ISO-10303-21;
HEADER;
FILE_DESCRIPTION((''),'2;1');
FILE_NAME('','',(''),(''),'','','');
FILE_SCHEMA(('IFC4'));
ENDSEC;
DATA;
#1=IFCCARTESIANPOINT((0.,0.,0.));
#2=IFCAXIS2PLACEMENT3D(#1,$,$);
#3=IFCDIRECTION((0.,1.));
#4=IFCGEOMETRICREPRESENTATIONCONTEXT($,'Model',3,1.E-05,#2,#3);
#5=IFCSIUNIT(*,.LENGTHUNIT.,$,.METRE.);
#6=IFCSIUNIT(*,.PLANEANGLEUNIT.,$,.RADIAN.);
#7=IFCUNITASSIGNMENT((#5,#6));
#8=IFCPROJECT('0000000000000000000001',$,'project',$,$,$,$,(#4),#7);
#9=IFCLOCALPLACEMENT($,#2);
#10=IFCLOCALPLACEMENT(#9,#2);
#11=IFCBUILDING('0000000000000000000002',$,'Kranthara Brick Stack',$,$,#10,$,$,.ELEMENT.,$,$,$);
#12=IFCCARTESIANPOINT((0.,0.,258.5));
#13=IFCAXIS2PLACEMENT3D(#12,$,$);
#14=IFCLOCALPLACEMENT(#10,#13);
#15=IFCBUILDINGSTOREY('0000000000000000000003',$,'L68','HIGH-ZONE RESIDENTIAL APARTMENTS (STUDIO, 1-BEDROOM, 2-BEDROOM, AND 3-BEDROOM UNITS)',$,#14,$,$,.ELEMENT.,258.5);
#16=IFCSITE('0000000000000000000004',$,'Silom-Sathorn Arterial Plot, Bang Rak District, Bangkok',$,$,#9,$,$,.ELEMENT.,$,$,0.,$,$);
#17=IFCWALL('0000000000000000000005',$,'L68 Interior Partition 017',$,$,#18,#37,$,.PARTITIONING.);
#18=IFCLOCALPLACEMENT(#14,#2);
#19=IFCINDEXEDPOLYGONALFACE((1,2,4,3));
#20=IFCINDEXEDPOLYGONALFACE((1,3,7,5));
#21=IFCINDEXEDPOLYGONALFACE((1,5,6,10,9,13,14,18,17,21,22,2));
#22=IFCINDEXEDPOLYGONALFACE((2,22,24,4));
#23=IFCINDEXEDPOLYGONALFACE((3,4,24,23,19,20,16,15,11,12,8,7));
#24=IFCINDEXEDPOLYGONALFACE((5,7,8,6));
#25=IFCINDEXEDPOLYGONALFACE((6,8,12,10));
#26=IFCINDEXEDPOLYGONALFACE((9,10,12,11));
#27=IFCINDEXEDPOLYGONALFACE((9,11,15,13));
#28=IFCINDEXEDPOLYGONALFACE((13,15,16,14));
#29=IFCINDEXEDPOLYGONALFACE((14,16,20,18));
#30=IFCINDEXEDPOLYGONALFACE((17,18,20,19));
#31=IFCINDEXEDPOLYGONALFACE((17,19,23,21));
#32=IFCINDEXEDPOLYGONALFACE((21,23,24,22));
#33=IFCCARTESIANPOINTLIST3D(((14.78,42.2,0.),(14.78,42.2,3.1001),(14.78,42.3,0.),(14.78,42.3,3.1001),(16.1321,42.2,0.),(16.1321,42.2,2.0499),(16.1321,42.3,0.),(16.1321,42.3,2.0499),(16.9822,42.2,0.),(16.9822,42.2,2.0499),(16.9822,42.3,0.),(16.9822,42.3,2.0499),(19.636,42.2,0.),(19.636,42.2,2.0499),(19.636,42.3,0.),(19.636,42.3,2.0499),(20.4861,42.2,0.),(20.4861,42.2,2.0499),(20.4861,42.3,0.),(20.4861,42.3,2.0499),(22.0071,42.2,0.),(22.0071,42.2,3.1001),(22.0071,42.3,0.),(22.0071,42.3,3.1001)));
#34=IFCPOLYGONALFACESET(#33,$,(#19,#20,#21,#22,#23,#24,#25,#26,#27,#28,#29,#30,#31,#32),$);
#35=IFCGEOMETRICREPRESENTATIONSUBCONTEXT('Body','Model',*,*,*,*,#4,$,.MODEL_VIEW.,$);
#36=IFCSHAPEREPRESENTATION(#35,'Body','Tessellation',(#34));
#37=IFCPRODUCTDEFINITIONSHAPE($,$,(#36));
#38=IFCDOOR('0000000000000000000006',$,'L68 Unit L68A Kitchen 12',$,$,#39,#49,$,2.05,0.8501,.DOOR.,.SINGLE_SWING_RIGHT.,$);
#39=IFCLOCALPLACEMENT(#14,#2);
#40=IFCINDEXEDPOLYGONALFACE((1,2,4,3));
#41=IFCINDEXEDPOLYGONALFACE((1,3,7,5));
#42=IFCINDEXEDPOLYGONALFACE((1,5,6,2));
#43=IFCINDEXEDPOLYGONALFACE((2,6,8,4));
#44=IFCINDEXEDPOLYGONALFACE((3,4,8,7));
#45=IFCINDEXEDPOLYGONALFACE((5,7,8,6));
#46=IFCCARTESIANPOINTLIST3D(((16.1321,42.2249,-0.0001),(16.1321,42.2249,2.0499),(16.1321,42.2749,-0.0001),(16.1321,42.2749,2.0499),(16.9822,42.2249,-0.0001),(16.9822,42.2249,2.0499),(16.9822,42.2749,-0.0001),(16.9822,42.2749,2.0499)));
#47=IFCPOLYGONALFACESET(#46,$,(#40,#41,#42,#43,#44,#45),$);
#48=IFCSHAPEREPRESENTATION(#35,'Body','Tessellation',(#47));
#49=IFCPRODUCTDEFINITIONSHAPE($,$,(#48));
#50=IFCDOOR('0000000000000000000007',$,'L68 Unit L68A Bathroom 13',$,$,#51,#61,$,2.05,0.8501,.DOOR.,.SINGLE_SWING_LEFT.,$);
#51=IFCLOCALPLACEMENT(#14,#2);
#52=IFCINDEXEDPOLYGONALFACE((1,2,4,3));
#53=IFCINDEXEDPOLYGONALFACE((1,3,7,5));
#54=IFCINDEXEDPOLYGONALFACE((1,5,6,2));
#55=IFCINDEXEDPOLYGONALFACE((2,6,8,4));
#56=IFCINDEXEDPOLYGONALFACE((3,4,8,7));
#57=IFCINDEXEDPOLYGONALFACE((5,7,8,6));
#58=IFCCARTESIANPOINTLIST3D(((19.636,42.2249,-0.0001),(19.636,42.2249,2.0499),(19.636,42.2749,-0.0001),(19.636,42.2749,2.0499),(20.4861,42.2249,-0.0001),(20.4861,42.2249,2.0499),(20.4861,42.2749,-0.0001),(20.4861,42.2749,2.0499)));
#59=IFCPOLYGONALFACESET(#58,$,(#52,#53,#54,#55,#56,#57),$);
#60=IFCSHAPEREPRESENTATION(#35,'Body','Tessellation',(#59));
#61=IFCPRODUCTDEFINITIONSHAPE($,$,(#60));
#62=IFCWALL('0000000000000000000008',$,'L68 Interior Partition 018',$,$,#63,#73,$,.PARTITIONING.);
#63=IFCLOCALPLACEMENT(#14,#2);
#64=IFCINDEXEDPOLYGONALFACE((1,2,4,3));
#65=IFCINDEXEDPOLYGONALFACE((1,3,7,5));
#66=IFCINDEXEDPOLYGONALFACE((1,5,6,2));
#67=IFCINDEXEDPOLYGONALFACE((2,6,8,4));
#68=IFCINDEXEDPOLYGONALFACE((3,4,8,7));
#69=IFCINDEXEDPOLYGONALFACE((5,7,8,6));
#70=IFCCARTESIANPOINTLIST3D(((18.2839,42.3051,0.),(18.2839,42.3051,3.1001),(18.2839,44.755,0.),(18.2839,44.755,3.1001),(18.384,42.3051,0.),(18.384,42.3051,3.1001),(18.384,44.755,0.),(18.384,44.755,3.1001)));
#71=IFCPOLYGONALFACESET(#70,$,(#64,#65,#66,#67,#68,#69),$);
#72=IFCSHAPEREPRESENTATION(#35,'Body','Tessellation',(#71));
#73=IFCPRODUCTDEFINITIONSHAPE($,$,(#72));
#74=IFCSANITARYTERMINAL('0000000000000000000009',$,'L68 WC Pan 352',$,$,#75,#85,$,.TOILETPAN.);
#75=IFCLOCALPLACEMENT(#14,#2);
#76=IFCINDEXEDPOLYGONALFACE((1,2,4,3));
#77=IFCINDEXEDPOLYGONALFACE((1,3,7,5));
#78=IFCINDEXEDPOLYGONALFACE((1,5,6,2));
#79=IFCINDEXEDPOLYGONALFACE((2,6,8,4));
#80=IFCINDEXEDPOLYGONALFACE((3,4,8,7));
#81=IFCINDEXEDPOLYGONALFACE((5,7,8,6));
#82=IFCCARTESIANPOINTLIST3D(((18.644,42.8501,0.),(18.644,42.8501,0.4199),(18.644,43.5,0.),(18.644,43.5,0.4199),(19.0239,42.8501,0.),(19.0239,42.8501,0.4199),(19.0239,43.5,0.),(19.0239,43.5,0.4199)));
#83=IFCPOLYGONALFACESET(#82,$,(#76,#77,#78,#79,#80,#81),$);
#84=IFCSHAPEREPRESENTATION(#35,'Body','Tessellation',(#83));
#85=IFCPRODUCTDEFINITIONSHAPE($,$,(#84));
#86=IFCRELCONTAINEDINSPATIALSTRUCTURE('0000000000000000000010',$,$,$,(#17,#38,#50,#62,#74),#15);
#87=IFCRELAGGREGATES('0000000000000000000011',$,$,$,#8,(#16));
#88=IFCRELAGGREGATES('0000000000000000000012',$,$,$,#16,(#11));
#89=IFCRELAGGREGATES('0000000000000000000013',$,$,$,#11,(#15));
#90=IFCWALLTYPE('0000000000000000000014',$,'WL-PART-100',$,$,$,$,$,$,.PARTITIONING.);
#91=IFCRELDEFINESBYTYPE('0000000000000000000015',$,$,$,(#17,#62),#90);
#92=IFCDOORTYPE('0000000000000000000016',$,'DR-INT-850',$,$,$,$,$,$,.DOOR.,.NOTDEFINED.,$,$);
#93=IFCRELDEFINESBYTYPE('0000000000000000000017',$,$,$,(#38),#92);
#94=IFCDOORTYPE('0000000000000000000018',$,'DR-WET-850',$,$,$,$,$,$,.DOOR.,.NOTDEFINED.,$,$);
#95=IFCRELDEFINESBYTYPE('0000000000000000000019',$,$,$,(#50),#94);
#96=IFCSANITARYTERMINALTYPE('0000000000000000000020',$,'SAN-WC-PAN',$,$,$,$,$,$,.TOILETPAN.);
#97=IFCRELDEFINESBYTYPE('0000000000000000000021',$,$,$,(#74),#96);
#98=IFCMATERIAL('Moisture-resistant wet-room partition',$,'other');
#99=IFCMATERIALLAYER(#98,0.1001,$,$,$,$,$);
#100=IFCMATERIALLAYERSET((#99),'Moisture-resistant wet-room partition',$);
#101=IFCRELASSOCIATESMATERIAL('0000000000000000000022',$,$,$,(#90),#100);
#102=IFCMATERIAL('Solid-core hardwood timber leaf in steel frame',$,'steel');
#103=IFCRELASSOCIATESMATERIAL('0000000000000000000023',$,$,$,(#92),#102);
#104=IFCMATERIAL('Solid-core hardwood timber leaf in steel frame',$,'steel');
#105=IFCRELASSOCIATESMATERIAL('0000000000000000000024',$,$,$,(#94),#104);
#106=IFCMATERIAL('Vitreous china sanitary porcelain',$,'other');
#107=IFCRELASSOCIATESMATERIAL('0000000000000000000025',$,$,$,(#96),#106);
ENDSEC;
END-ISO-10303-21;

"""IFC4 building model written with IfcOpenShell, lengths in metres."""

from ifc_helpers import new_model, si_unit, direction, frame, frame_2d, origin, origin_2d, place, context, subcontext, project, spatial, rectangle, extrude, material, layer, layer_set, type_object, element, fill, save


model = new_model("IFC4")

# Units and contexts
model_context = context("Model", 3, precision=1e-05, world=origin(), true_north=direction((0.0, 1.0)))
body_context = subcontext(model_context, "Body", "Model", "MODEL_VIEW")
ifc_project = project(units=[si_unit("LENGTHUNIT", "METRE"), si_unit("PLANEANGLEUNIT", "RADIAN")], contexts=[model_context])

# Site, building, storey
site_placement = place(None, origin())
site = spatial("IfcSite", under=ifc_project, at=site_placement, Name="Silom-Sathorn Arterial Plot, Bang Rak District, Bangkok", CompositionType="ELEMENT", RefElevation=0.0)
building_placement = place(site_placement, origin())
building = spatial("IfcBuilding", under=site, at=building_placement, Name="Kranthara Brick Stack", CompositionType="ELEMENT")
storey_placement = place(building_placement, frame((0.0, 0.0, 258.5)))
storey = spatial("IfcBuildingStorey", under=building, at=storey_placement, Name="L68", Description="HIGH-ZONE RESIDENTIAL APARTMENTS (STUDIO, 1-BEDROOM, 2-BEDROOM, AND 3-BEDROOM UNITS)", CompositionType="ELEMENT", Elevation=258.5)

# Wall, openings, doors
ifc_material_1 = material(Name="Moisture-resistant wet-room partition", Category="other")
ifc_layer_1 = layer(ifc_material_1, 0.1001)
ifc_layer_set_1 = layer_set([ifc_layer_1], Name="Moisture-resistant wet-room partition")
wall_type_1 = type_object("IfcWallType", Name="WL-PART-100", PredefinedType="PARTITIONING", material=ifc_layer_set_1)
wall_1_placement = place(storey_placement, frame((14.78, 42.25, 0.0), z_axis=(0.0, 0.0, 1.0), x_axis=(1.0, 0.0, 0.0)))
wall_1 = element("IfcWall", 1, at=wall_1_placement, inside=storey, type_object=wall_type_1, Name="L68 Interior Partition 017", PredefinedType="PARTITIONING", context=body_context, shape_type="SweptSolid", body=[
    extrude(rectangle(XDim=7.2271, YDim=0.1001, at=frame_2d((3.6135, 0.0))), origin(), (0.0, 0.0, 1.0), 3.1001),
])
opening_1_placement = place(wall_1_placement, frame((1.3521, 0.0, 0.0)))
opening_1 = element("IfcOpeningElement", 2, at=opening_1_placement, cuts=wall_1, PredefinedType="OPENING", context=body_context, shape_type="SweptSolid", body=[
    extrude(rectangle(XDim=0.8501, YDim=2.05, at=frame_2d((0.425, 1.0249))), frame((0.0, 0.0601, 0.0), z_axis=(0.0, -1.0, 0.0), x_axis=(1.0, 0.0, 0.0)), (0.0, 0.0, 1.0), 0.1201),
])
opening_2_placement = place(wall_1_placement, frame((4.856, 0.0, 0.0)))
opening_2 = element("IfcOpeningElement", 3, at=opening_2_placement, cuts=wall_1, PredefinedType="OPENING", context=body_context, shape_type="SweptSolid", body=[
    extrude(rectangle(XDim=0.8501, YDim=2.05, at=frame_2d((0.425, 1.0249))), frame((0.0, 0.0601, 0.0), z_axis=(0.0, -1.0, 0.0), x_axis=(1.0, 0.0, 0.0)), (0.0, 0.0, 1.0), 0.1201),
])
ifc_material_2 = material(Name="Solid-core hardwood timber leaf in steel frame", Category="steel")
door_type_1 = type_object("IfcDoorType", Name="DR-INT-850", OperationType="NOTDEFINED", PredefinedType="DOOR", material=ifc_material_2)
door_1_placement = place(opening_1_placement, origin())
door_1 = element("IfcDoor", 4, at=door_1_placement, inside=storey, type_object=door_type_1, Name="L68 Unit L68A Kitchen 12", OperationType="SINGLE_SWING_RIGHT", OverallHeight=2.05, OverallWidth=0.8501, PredefinedType="DOOR", context=body_context, shape_type="SweptSolid", body=[
    extrude(rectangle(XDim=0.8501, YDim=2.05, at=frame_2d((0.425, 1.0249))), frame((0.0, 0.0249, 0.0), z_axis=(0.0, -1.0, 0.0), x_axis=(1.0, 0.0, 0.0)), (0.0, 0.0, 1.0), 0.05),
])
fill(opening_1, door_1)
ifc_material_3 = material(Name="Solid-core hardwood timber leaf in steel frame", Category="steel")
door_type_2 = type_object("IfcDoorType", Name="DR-WET-850", OperationType="NOTDEFINED", PredefinedType="DOOR", material=ifc_material_3)
door_2_placement = place(opening_2_placement, origin())
door_2 = element("IfcDoor", 5, at=door_2_placement, inside=storey, type_object=door_type_2, Name="L68 Unit L68A Bathroom 13", OperationType="SINGLE_SWING_LEFT", OverallHeight=2.05, OverallWidth=0.8501, PredefinedType="DOOR", context=body_context, shape_type="SweptSolid", body=[
    extrude(rectangle(XDim=0.8501, YDim=2.05, at=frame_2d((0.425, 1.0249))), frame((0.0, 0.0249, 0.0), z_axis=(0.0, -1.0, 0.0), x_axis=(1.0, 0.0, 0.0)), (0.0, 0.0, 1.0), 0.05),
])
fill(opening_2, door_2)

# Wall
wall_2_placement = place(storey_placement, frame((18.334, 42.3049, 0.0), z_axis=(0.0, 0.0, 1.0), x_axis=(0.0, 1.0, 0.0)))
element("IfcWall", 6, at=wall_2_placement, inside=storey, type_object=wall_type_1, Name="L68 Interior Partition 018", PredefinedType="PARTITIONING", context=body_context, shape_type="SweptSolid", body=[
    extrude(rectangle(XDim=2.45, YDim=0.1001, at=frame_2d((1.2251, 0.0))), origin(), (0.0, 0.0, 1.0), 3.1001),
])

# Sanitary terminal
ifc_material_4 = material(Name="Vitreous china sanitary porcelain", Category="other")
sanitary_terminal_type = type_object("IfcSanitaryTerminalType", Name="SAN-WC-PAN", PredefinedType="TOILETPAN", material=ifc_material_4)
sanitary_terminal_placement = place(storey_placement, frame((18.834, 43.175, 0.0), z_axis=(0.0, 0.0, 1.0), x_axis=(1.0, 0.0, 0.0)))
element("IfcSanitaryTerminal", 7, at=sanitary_terminal_placement, inside=storey, type_object=sanitary_terminal_type, Name="L68 WC Pan 352", PredefinedType="TOILETPAN", context=body_context, shape_type="SweptSolid", body=[
    extrude(rectangle(XDim=0.3799, YDim=0.6499, at=origin_2d()), origin(), (0.0, 0.0, 1.0), 0.4199),
])

save(model, "model.ifc")
